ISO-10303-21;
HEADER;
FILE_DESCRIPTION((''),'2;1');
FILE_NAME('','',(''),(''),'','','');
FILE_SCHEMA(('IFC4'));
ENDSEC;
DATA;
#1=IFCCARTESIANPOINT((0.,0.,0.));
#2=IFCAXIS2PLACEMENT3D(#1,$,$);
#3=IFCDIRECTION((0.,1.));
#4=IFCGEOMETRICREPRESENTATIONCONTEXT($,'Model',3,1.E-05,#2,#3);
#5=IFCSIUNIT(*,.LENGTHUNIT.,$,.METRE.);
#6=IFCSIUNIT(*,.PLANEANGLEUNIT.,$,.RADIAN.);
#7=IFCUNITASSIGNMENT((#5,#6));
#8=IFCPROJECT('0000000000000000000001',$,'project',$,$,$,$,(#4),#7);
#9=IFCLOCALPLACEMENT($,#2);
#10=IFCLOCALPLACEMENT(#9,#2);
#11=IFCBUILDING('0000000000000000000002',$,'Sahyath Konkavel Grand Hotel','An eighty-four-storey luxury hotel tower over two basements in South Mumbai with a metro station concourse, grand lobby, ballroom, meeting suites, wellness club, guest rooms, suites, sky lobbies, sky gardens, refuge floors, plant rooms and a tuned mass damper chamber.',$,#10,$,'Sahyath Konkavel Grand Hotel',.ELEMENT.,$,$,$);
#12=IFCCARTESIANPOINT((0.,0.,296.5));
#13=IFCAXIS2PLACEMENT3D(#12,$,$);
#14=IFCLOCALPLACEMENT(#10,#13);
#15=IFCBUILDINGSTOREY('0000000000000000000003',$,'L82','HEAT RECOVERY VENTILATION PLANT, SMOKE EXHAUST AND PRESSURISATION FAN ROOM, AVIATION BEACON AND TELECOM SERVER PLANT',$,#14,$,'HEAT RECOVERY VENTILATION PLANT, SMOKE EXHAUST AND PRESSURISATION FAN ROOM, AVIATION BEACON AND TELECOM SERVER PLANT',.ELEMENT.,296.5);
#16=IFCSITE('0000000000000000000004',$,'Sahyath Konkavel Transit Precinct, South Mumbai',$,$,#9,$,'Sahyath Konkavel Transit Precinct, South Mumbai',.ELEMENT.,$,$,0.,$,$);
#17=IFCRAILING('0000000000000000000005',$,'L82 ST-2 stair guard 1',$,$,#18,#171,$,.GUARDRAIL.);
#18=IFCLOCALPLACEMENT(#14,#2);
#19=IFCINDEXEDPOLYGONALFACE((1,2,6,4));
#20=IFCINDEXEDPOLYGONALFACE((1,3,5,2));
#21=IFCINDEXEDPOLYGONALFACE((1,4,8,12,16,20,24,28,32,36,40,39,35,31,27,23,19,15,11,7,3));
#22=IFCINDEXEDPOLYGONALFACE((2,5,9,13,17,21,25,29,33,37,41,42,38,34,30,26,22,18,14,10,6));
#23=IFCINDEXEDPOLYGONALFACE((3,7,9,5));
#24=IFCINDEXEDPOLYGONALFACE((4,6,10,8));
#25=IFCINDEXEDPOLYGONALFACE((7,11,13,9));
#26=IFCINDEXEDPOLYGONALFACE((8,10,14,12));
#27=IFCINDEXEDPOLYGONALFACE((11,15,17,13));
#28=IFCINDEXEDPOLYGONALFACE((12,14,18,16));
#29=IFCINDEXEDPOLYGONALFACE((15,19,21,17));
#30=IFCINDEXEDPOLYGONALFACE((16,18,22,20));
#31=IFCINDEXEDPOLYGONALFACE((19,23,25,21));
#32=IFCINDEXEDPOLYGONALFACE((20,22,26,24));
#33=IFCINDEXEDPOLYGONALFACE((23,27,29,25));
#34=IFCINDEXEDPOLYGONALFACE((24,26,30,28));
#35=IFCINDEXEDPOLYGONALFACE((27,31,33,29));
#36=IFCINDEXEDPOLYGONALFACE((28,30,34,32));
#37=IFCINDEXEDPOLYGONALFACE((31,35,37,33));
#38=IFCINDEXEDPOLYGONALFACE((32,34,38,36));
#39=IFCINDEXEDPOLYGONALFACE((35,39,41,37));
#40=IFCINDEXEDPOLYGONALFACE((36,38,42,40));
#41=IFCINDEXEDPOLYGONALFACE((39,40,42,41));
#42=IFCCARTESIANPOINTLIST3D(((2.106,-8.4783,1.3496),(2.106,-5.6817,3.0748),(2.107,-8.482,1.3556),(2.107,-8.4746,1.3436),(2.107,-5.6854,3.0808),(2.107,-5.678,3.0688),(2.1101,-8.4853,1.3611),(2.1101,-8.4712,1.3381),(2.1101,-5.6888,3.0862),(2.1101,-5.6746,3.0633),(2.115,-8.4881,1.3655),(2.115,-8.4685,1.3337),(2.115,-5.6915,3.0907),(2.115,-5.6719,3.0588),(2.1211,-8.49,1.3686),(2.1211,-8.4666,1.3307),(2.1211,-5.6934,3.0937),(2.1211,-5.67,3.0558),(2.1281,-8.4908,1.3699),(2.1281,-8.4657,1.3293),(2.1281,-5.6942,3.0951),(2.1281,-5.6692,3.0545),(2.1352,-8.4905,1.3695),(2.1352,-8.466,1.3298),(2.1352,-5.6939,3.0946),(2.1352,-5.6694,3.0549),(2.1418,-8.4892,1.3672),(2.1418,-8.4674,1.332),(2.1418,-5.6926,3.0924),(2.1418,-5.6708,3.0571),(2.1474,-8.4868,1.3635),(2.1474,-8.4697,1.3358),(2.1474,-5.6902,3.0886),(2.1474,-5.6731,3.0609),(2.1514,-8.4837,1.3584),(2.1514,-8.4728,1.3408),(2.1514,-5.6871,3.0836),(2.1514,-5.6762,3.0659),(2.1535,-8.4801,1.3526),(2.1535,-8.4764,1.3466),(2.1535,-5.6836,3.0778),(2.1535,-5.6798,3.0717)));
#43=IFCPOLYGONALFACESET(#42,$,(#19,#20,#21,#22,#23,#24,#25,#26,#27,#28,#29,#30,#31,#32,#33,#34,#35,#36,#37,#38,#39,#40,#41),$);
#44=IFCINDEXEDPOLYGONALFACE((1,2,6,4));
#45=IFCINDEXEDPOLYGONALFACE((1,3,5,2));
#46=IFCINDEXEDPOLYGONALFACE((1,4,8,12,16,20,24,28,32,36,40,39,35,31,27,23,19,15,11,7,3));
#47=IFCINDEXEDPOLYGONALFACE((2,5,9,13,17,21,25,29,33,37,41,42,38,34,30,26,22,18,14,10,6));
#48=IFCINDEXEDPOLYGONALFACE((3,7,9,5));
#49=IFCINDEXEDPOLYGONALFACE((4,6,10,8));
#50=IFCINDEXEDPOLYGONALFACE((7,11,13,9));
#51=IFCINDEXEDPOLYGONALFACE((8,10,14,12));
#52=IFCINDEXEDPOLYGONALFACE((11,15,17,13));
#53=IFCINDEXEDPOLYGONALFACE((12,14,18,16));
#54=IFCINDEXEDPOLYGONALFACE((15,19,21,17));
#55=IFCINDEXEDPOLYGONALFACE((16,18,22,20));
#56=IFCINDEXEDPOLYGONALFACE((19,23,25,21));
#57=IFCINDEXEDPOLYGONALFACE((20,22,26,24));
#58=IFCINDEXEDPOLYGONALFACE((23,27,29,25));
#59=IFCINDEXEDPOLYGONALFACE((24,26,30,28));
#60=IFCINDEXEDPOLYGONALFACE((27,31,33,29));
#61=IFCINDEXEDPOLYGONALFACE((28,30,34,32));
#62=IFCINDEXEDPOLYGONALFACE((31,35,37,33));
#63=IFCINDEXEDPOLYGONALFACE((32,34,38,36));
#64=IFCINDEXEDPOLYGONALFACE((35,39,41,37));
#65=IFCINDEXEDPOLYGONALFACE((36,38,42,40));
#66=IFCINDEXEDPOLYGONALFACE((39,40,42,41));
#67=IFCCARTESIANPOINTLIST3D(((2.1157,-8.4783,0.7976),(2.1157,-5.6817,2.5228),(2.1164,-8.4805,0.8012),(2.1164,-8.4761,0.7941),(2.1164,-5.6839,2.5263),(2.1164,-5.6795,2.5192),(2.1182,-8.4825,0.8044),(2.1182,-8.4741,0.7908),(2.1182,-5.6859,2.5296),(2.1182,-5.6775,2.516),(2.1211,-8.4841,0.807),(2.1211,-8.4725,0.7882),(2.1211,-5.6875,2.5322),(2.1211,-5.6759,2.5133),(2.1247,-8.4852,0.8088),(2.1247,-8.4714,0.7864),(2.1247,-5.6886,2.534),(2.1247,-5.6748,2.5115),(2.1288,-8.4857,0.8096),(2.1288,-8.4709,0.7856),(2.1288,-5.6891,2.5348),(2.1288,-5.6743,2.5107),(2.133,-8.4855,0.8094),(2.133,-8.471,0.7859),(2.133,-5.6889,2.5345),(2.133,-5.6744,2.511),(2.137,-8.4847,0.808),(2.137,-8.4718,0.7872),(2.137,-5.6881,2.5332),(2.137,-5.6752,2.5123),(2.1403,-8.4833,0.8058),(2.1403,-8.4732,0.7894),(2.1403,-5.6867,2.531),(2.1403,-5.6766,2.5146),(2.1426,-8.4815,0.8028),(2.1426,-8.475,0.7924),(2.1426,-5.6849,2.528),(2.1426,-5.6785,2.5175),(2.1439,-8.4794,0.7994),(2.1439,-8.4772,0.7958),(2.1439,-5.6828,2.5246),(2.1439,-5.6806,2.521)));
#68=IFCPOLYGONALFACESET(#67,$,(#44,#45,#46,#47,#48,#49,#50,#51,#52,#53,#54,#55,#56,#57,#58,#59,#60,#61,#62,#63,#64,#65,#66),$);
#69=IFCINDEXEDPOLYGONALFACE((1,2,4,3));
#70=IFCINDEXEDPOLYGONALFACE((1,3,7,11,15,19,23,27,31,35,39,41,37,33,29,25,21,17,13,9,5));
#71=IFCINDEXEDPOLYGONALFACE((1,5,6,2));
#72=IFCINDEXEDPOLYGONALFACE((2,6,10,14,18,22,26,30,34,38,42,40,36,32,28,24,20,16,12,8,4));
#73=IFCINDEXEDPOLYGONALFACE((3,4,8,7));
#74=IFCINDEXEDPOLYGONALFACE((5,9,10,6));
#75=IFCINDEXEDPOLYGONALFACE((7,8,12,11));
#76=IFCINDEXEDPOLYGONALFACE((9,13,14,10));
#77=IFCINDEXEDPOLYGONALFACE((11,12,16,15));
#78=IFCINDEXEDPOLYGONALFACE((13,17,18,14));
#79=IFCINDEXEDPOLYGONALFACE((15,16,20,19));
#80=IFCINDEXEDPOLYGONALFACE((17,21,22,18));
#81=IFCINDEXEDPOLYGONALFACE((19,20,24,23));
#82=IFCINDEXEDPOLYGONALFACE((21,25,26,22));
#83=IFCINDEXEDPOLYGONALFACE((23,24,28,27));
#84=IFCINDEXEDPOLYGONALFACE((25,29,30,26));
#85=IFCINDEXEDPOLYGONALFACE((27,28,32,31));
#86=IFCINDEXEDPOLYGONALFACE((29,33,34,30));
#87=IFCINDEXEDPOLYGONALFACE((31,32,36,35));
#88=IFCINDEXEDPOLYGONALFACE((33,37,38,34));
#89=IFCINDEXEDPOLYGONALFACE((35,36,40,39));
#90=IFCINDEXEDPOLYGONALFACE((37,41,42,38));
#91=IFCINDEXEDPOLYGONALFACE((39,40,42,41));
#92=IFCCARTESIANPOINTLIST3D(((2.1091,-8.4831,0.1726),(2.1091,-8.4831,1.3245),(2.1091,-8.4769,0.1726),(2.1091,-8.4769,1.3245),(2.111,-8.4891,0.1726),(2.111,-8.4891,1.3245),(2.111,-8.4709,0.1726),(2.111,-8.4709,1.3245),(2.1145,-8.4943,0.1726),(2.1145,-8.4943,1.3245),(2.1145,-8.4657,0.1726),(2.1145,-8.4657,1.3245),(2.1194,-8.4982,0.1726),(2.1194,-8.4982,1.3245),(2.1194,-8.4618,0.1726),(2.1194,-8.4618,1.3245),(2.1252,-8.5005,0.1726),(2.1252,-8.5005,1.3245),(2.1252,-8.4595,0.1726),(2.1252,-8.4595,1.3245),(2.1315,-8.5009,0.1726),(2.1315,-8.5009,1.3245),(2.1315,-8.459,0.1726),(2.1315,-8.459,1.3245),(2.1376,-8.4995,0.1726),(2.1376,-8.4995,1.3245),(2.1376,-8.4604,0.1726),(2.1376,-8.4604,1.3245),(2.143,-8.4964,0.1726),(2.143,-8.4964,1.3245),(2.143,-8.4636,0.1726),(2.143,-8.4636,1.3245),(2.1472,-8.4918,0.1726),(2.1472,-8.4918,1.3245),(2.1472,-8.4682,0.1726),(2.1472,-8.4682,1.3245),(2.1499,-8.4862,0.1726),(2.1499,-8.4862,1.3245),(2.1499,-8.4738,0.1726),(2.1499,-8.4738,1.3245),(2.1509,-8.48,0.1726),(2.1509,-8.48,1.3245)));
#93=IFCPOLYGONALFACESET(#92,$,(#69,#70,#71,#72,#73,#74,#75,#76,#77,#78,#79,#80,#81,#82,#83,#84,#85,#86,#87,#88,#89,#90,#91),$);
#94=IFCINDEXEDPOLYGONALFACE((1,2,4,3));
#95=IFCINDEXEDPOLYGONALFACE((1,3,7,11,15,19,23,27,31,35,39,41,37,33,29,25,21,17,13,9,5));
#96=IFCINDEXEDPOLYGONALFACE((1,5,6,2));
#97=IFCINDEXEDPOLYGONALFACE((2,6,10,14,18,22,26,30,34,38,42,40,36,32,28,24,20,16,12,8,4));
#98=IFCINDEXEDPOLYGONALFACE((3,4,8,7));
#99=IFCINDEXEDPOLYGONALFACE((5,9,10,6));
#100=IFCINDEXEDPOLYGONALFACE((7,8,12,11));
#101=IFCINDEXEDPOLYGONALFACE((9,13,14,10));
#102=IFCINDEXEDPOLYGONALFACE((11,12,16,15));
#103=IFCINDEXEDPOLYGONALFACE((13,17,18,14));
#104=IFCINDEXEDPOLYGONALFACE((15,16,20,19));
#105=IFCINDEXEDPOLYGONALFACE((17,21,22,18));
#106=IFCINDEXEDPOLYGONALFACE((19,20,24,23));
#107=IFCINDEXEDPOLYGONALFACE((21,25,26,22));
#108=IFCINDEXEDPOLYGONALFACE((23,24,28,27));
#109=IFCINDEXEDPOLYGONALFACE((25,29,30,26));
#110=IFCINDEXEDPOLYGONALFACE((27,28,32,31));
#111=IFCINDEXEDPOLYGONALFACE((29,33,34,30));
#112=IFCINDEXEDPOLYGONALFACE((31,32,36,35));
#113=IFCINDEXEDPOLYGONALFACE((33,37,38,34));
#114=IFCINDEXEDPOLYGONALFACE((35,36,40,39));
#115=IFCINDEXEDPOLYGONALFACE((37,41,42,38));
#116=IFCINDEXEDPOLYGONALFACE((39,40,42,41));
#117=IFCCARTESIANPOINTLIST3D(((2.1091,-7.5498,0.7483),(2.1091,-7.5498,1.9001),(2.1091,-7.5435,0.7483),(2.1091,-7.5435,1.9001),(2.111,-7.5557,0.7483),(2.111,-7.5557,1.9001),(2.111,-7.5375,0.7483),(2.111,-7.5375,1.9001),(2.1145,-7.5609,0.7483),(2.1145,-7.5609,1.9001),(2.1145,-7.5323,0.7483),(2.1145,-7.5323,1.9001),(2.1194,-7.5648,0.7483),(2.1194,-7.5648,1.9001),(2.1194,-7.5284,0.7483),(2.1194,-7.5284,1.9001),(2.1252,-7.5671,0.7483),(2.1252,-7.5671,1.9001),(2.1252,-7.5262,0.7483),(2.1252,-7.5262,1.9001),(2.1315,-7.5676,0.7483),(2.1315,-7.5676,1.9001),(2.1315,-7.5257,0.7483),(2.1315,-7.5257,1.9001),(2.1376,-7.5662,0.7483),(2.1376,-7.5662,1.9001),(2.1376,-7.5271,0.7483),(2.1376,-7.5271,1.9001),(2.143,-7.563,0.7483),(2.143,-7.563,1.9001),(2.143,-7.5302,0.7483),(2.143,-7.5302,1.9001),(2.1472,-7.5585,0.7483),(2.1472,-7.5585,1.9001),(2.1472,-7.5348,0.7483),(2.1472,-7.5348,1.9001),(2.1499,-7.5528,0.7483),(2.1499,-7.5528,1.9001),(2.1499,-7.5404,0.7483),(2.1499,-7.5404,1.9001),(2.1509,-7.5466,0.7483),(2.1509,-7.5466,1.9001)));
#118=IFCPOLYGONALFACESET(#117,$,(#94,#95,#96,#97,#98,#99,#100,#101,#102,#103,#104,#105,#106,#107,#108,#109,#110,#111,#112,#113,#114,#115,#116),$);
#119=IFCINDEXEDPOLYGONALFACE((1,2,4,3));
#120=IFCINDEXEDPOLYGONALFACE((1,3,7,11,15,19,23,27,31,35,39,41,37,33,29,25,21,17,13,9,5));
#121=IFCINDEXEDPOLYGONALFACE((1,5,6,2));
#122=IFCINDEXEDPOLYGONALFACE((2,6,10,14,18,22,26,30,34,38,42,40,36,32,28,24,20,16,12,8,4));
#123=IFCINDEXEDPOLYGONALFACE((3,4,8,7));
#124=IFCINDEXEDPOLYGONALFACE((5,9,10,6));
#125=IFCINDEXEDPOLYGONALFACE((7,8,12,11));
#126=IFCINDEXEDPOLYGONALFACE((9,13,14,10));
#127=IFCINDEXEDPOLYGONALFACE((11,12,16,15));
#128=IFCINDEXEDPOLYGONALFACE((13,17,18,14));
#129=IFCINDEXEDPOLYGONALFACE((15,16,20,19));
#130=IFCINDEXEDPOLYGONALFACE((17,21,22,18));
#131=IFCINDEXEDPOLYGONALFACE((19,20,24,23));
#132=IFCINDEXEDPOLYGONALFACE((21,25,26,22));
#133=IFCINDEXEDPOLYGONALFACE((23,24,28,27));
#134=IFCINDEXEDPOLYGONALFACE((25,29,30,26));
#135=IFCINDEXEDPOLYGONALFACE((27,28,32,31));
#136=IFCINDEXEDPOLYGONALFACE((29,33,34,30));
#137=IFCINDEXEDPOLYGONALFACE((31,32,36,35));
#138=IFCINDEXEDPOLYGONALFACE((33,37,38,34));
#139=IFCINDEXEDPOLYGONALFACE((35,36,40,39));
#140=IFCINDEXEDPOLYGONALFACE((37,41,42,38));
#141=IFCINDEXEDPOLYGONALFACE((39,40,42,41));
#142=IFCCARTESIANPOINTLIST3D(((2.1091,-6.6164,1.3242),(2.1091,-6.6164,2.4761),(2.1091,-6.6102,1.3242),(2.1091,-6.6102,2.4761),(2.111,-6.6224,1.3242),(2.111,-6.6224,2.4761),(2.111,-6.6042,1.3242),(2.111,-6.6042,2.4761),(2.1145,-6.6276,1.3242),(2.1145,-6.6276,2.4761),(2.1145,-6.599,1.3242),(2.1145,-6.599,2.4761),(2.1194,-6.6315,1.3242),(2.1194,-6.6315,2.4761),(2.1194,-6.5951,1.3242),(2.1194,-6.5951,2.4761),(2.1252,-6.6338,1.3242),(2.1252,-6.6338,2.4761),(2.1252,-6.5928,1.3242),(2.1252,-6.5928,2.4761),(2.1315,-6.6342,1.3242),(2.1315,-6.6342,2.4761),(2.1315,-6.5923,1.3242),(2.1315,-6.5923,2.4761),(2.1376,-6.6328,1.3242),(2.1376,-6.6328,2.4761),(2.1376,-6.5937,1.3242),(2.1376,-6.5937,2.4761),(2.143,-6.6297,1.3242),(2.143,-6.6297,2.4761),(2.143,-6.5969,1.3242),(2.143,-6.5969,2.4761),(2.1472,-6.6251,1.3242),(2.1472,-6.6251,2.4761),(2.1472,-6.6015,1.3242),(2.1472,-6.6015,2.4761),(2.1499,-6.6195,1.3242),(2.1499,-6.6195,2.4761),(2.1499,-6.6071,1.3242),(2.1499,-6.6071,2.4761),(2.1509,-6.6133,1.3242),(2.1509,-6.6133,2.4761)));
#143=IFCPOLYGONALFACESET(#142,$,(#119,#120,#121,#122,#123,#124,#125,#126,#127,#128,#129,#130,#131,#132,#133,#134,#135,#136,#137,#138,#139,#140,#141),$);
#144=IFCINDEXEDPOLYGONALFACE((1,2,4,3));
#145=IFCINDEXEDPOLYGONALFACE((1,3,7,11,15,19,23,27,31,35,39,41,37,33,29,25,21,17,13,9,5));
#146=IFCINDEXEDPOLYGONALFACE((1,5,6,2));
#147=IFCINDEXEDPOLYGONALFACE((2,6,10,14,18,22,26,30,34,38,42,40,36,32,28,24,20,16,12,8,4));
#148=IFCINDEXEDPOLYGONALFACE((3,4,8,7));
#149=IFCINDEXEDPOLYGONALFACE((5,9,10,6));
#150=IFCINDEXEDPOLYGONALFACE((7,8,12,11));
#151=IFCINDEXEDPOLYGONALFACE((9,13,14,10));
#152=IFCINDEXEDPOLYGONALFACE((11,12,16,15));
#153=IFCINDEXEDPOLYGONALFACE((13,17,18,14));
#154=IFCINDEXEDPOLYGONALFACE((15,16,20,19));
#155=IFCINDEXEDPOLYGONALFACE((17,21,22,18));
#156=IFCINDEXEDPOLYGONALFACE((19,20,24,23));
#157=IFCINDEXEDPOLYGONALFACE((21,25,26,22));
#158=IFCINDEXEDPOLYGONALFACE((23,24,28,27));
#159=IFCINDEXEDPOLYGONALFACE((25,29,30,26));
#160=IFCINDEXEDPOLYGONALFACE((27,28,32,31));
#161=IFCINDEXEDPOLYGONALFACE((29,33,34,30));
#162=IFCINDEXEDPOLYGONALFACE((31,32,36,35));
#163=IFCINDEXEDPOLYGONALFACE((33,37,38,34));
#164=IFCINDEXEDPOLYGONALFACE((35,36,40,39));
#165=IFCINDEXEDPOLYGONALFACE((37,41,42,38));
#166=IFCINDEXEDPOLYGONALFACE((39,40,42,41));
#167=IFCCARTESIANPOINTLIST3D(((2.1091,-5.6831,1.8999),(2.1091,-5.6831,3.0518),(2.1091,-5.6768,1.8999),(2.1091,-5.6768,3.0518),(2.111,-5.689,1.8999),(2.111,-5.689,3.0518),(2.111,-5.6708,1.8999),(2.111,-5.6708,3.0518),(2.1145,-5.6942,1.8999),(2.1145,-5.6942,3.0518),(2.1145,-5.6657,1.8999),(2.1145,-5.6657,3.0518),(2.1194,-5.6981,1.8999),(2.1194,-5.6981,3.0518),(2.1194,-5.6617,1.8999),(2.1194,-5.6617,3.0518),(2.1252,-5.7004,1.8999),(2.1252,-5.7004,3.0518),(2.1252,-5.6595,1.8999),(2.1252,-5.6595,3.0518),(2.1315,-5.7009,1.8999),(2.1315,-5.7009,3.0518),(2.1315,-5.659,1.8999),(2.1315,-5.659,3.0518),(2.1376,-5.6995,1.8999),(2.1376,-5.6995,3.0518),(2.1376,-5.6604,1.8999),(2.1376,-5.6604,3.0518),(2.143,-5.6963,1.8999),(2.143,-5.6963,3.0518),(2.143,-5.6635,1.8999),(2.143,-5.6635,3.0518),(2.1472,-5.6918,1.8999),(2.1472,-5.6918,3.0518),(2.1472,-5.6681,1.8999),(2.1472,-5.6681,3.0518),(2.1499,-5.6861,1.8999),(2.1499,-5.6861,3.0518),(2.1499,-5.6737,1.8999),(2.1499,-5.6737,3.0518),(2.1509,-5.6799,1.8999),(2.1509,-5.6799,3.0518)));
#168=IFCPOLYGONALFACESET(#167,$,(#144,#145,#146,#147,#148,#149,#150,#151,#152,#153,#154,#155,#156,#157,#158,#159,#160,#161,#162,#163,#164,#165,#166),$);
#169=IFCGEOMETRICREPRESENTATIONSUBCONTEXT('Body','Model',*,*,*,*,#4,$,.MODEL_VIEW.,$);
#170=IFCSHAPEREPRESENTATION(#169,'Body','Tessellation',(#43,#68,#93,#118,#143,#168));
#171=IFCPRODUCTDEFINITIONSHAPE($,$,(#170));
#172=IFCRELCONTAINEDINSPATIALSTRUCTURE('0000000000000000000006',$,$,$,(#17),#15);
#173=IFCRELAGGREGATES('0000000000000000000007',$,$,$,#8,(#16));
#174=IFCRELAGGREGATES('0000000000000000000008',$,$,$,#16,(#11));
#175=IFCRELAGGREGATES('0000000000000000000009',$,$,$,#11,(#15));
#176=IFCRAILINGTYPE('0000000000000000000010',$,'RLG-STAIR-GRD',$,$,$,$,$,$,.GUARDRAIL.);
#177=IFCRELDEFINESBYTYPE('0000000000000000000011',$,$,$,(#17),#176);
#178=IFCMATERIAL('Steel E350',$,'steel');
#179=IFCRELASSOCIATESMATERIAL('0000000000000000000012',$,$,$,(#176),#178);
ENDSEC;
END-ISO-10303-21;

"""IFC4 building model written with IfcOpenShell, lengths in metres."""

from ifc_helpers import new_model, si_unit, direction, frame, origin, origin_2d, place, context, subcontext, project, spatial, circle, extrude, material, type_object, element, save


model = new_model("IFC4")

# Units and contexts
model_context = context("Model", 3, precision=1e-05, world=origin(), true_north=direction((0.0, 1.0)))
body_context = subcontext(model_context, "Body", "Model", "MODEL_VIEW")
ifc_project = project(units=[si_unit("LENGTHUNIT", "METRE"), si_unit("PLANEANGLEUNIT", "RADIAN")], contexts=[model_context])

# Site, building, storey
site_placement = place(None, origin())
site = spatial("IfcSite", under=ifc_project, at=site_placement, Name="Sahyath Konkavel Transit Precinct, South Mumbai", LongName="Sahyath Konkavel Transit Precinct, South Mumbai", CompositionType="ELEMENT", RefElevation=0.0)
building_placement = place(site_placement, origin())
building = spatial("IfcBuilding", under=site, at=building_placement, Name="Sahyath Konkavel Grand Hotel", Description="An eighty-four-storey luxury hotel tower over two basements in South Mumbai with a metro station concourse, grand lobby, ballroom, meeting suites, wellness club, guest rooms, suites, sky lobbies, sky gardens, refuge floors, plant rooms and a tuned mass damper chamber.", LongName="Sahyath Konkavel Grand Hotel", CompositionType="ELEMENT")
storey_placement = place(building_placement, frame((0.0, 0.0, 296.5)))
storey = spatial("IfcBuildingStorey", under=building, at=storey_placement, Name="L82", Description="HEAT RECOVERY VENTILATION PLANT, SMOKE EXHAUST AND PRESSURISATION FAN ROOM, AVIATION BEACON AND TELECOM SERVER PLANT", LongName="HEAT RECOVERY VENTILATION PLANT, SMOKE EXHAUST AND PRESSURISATION FAN ROOM, AVIATION BEACON AND TELECOM SERVER PLANT", CompositionType="ELEMENT", Elevation=296.5)

# Shared definitions
ifc_material_1 = material(Name="Steel E350", Category="steel")

# Railing
railing_type_1 = type_object("IfcRailingType", Name="RLG-STAIR-GRD", PredefinedType="GUARDRAIL", material=ifc_material_1)
railing_1_placement = place(storey_placement, frame((2.1299, -8.48, 0.1726)))
element("IfcRailing", 1, at=railing_1_placement, inside=storey, type_object=railing_type_1, Name="L82 ST-2 stair guard 1", PredefinedType="GUARDRAIL", context=body_context, shape_type="SweptSolid", body=[
    extrude(circle(Radius=0.0239, at=origin_2d()), frame((0.0, 0.0017, 1.177), z_axis=(0.0, 0.85109, 0.52502), x_axis=(-1.0, 0.0, 0.0)), (0.0, 0.0, 1.0), 3.2859),
    extrude(circle(Radius=0.0142, at=origin_2d()), frame((0.0, 0.0017, 0.625), z_axis=(0.0, 0.85109, 0.52502), x_axis=(-1.0, 0.0, 0.0)), (0.0, 0.0, 1.0), 3.2859),
    extrude(circle(Radius=0.021, at=origin_2d()), origin(), (0.0, 0.0, 1.0), 1.1519),
    extrude(circle(Radius=0.021, at=origin_2d()), frame((0.0, 0.9333, 0.5757)), (0.0, 0.0, 1.0), 1.1519),
    extrude(circle(Radius=0.021, at=origin_2d()), frame((0.0, 1.8667, 1.1516)), (0.0, 0.0, 1.0), 1.1519),
    extrude(circle(Radius=0.021, at=origin_2d()), frame((0.0, 2.8, 1.7273)), (0.0, 0.0, 1.0), 1.1519),
])

save(model, "model.ifc")
